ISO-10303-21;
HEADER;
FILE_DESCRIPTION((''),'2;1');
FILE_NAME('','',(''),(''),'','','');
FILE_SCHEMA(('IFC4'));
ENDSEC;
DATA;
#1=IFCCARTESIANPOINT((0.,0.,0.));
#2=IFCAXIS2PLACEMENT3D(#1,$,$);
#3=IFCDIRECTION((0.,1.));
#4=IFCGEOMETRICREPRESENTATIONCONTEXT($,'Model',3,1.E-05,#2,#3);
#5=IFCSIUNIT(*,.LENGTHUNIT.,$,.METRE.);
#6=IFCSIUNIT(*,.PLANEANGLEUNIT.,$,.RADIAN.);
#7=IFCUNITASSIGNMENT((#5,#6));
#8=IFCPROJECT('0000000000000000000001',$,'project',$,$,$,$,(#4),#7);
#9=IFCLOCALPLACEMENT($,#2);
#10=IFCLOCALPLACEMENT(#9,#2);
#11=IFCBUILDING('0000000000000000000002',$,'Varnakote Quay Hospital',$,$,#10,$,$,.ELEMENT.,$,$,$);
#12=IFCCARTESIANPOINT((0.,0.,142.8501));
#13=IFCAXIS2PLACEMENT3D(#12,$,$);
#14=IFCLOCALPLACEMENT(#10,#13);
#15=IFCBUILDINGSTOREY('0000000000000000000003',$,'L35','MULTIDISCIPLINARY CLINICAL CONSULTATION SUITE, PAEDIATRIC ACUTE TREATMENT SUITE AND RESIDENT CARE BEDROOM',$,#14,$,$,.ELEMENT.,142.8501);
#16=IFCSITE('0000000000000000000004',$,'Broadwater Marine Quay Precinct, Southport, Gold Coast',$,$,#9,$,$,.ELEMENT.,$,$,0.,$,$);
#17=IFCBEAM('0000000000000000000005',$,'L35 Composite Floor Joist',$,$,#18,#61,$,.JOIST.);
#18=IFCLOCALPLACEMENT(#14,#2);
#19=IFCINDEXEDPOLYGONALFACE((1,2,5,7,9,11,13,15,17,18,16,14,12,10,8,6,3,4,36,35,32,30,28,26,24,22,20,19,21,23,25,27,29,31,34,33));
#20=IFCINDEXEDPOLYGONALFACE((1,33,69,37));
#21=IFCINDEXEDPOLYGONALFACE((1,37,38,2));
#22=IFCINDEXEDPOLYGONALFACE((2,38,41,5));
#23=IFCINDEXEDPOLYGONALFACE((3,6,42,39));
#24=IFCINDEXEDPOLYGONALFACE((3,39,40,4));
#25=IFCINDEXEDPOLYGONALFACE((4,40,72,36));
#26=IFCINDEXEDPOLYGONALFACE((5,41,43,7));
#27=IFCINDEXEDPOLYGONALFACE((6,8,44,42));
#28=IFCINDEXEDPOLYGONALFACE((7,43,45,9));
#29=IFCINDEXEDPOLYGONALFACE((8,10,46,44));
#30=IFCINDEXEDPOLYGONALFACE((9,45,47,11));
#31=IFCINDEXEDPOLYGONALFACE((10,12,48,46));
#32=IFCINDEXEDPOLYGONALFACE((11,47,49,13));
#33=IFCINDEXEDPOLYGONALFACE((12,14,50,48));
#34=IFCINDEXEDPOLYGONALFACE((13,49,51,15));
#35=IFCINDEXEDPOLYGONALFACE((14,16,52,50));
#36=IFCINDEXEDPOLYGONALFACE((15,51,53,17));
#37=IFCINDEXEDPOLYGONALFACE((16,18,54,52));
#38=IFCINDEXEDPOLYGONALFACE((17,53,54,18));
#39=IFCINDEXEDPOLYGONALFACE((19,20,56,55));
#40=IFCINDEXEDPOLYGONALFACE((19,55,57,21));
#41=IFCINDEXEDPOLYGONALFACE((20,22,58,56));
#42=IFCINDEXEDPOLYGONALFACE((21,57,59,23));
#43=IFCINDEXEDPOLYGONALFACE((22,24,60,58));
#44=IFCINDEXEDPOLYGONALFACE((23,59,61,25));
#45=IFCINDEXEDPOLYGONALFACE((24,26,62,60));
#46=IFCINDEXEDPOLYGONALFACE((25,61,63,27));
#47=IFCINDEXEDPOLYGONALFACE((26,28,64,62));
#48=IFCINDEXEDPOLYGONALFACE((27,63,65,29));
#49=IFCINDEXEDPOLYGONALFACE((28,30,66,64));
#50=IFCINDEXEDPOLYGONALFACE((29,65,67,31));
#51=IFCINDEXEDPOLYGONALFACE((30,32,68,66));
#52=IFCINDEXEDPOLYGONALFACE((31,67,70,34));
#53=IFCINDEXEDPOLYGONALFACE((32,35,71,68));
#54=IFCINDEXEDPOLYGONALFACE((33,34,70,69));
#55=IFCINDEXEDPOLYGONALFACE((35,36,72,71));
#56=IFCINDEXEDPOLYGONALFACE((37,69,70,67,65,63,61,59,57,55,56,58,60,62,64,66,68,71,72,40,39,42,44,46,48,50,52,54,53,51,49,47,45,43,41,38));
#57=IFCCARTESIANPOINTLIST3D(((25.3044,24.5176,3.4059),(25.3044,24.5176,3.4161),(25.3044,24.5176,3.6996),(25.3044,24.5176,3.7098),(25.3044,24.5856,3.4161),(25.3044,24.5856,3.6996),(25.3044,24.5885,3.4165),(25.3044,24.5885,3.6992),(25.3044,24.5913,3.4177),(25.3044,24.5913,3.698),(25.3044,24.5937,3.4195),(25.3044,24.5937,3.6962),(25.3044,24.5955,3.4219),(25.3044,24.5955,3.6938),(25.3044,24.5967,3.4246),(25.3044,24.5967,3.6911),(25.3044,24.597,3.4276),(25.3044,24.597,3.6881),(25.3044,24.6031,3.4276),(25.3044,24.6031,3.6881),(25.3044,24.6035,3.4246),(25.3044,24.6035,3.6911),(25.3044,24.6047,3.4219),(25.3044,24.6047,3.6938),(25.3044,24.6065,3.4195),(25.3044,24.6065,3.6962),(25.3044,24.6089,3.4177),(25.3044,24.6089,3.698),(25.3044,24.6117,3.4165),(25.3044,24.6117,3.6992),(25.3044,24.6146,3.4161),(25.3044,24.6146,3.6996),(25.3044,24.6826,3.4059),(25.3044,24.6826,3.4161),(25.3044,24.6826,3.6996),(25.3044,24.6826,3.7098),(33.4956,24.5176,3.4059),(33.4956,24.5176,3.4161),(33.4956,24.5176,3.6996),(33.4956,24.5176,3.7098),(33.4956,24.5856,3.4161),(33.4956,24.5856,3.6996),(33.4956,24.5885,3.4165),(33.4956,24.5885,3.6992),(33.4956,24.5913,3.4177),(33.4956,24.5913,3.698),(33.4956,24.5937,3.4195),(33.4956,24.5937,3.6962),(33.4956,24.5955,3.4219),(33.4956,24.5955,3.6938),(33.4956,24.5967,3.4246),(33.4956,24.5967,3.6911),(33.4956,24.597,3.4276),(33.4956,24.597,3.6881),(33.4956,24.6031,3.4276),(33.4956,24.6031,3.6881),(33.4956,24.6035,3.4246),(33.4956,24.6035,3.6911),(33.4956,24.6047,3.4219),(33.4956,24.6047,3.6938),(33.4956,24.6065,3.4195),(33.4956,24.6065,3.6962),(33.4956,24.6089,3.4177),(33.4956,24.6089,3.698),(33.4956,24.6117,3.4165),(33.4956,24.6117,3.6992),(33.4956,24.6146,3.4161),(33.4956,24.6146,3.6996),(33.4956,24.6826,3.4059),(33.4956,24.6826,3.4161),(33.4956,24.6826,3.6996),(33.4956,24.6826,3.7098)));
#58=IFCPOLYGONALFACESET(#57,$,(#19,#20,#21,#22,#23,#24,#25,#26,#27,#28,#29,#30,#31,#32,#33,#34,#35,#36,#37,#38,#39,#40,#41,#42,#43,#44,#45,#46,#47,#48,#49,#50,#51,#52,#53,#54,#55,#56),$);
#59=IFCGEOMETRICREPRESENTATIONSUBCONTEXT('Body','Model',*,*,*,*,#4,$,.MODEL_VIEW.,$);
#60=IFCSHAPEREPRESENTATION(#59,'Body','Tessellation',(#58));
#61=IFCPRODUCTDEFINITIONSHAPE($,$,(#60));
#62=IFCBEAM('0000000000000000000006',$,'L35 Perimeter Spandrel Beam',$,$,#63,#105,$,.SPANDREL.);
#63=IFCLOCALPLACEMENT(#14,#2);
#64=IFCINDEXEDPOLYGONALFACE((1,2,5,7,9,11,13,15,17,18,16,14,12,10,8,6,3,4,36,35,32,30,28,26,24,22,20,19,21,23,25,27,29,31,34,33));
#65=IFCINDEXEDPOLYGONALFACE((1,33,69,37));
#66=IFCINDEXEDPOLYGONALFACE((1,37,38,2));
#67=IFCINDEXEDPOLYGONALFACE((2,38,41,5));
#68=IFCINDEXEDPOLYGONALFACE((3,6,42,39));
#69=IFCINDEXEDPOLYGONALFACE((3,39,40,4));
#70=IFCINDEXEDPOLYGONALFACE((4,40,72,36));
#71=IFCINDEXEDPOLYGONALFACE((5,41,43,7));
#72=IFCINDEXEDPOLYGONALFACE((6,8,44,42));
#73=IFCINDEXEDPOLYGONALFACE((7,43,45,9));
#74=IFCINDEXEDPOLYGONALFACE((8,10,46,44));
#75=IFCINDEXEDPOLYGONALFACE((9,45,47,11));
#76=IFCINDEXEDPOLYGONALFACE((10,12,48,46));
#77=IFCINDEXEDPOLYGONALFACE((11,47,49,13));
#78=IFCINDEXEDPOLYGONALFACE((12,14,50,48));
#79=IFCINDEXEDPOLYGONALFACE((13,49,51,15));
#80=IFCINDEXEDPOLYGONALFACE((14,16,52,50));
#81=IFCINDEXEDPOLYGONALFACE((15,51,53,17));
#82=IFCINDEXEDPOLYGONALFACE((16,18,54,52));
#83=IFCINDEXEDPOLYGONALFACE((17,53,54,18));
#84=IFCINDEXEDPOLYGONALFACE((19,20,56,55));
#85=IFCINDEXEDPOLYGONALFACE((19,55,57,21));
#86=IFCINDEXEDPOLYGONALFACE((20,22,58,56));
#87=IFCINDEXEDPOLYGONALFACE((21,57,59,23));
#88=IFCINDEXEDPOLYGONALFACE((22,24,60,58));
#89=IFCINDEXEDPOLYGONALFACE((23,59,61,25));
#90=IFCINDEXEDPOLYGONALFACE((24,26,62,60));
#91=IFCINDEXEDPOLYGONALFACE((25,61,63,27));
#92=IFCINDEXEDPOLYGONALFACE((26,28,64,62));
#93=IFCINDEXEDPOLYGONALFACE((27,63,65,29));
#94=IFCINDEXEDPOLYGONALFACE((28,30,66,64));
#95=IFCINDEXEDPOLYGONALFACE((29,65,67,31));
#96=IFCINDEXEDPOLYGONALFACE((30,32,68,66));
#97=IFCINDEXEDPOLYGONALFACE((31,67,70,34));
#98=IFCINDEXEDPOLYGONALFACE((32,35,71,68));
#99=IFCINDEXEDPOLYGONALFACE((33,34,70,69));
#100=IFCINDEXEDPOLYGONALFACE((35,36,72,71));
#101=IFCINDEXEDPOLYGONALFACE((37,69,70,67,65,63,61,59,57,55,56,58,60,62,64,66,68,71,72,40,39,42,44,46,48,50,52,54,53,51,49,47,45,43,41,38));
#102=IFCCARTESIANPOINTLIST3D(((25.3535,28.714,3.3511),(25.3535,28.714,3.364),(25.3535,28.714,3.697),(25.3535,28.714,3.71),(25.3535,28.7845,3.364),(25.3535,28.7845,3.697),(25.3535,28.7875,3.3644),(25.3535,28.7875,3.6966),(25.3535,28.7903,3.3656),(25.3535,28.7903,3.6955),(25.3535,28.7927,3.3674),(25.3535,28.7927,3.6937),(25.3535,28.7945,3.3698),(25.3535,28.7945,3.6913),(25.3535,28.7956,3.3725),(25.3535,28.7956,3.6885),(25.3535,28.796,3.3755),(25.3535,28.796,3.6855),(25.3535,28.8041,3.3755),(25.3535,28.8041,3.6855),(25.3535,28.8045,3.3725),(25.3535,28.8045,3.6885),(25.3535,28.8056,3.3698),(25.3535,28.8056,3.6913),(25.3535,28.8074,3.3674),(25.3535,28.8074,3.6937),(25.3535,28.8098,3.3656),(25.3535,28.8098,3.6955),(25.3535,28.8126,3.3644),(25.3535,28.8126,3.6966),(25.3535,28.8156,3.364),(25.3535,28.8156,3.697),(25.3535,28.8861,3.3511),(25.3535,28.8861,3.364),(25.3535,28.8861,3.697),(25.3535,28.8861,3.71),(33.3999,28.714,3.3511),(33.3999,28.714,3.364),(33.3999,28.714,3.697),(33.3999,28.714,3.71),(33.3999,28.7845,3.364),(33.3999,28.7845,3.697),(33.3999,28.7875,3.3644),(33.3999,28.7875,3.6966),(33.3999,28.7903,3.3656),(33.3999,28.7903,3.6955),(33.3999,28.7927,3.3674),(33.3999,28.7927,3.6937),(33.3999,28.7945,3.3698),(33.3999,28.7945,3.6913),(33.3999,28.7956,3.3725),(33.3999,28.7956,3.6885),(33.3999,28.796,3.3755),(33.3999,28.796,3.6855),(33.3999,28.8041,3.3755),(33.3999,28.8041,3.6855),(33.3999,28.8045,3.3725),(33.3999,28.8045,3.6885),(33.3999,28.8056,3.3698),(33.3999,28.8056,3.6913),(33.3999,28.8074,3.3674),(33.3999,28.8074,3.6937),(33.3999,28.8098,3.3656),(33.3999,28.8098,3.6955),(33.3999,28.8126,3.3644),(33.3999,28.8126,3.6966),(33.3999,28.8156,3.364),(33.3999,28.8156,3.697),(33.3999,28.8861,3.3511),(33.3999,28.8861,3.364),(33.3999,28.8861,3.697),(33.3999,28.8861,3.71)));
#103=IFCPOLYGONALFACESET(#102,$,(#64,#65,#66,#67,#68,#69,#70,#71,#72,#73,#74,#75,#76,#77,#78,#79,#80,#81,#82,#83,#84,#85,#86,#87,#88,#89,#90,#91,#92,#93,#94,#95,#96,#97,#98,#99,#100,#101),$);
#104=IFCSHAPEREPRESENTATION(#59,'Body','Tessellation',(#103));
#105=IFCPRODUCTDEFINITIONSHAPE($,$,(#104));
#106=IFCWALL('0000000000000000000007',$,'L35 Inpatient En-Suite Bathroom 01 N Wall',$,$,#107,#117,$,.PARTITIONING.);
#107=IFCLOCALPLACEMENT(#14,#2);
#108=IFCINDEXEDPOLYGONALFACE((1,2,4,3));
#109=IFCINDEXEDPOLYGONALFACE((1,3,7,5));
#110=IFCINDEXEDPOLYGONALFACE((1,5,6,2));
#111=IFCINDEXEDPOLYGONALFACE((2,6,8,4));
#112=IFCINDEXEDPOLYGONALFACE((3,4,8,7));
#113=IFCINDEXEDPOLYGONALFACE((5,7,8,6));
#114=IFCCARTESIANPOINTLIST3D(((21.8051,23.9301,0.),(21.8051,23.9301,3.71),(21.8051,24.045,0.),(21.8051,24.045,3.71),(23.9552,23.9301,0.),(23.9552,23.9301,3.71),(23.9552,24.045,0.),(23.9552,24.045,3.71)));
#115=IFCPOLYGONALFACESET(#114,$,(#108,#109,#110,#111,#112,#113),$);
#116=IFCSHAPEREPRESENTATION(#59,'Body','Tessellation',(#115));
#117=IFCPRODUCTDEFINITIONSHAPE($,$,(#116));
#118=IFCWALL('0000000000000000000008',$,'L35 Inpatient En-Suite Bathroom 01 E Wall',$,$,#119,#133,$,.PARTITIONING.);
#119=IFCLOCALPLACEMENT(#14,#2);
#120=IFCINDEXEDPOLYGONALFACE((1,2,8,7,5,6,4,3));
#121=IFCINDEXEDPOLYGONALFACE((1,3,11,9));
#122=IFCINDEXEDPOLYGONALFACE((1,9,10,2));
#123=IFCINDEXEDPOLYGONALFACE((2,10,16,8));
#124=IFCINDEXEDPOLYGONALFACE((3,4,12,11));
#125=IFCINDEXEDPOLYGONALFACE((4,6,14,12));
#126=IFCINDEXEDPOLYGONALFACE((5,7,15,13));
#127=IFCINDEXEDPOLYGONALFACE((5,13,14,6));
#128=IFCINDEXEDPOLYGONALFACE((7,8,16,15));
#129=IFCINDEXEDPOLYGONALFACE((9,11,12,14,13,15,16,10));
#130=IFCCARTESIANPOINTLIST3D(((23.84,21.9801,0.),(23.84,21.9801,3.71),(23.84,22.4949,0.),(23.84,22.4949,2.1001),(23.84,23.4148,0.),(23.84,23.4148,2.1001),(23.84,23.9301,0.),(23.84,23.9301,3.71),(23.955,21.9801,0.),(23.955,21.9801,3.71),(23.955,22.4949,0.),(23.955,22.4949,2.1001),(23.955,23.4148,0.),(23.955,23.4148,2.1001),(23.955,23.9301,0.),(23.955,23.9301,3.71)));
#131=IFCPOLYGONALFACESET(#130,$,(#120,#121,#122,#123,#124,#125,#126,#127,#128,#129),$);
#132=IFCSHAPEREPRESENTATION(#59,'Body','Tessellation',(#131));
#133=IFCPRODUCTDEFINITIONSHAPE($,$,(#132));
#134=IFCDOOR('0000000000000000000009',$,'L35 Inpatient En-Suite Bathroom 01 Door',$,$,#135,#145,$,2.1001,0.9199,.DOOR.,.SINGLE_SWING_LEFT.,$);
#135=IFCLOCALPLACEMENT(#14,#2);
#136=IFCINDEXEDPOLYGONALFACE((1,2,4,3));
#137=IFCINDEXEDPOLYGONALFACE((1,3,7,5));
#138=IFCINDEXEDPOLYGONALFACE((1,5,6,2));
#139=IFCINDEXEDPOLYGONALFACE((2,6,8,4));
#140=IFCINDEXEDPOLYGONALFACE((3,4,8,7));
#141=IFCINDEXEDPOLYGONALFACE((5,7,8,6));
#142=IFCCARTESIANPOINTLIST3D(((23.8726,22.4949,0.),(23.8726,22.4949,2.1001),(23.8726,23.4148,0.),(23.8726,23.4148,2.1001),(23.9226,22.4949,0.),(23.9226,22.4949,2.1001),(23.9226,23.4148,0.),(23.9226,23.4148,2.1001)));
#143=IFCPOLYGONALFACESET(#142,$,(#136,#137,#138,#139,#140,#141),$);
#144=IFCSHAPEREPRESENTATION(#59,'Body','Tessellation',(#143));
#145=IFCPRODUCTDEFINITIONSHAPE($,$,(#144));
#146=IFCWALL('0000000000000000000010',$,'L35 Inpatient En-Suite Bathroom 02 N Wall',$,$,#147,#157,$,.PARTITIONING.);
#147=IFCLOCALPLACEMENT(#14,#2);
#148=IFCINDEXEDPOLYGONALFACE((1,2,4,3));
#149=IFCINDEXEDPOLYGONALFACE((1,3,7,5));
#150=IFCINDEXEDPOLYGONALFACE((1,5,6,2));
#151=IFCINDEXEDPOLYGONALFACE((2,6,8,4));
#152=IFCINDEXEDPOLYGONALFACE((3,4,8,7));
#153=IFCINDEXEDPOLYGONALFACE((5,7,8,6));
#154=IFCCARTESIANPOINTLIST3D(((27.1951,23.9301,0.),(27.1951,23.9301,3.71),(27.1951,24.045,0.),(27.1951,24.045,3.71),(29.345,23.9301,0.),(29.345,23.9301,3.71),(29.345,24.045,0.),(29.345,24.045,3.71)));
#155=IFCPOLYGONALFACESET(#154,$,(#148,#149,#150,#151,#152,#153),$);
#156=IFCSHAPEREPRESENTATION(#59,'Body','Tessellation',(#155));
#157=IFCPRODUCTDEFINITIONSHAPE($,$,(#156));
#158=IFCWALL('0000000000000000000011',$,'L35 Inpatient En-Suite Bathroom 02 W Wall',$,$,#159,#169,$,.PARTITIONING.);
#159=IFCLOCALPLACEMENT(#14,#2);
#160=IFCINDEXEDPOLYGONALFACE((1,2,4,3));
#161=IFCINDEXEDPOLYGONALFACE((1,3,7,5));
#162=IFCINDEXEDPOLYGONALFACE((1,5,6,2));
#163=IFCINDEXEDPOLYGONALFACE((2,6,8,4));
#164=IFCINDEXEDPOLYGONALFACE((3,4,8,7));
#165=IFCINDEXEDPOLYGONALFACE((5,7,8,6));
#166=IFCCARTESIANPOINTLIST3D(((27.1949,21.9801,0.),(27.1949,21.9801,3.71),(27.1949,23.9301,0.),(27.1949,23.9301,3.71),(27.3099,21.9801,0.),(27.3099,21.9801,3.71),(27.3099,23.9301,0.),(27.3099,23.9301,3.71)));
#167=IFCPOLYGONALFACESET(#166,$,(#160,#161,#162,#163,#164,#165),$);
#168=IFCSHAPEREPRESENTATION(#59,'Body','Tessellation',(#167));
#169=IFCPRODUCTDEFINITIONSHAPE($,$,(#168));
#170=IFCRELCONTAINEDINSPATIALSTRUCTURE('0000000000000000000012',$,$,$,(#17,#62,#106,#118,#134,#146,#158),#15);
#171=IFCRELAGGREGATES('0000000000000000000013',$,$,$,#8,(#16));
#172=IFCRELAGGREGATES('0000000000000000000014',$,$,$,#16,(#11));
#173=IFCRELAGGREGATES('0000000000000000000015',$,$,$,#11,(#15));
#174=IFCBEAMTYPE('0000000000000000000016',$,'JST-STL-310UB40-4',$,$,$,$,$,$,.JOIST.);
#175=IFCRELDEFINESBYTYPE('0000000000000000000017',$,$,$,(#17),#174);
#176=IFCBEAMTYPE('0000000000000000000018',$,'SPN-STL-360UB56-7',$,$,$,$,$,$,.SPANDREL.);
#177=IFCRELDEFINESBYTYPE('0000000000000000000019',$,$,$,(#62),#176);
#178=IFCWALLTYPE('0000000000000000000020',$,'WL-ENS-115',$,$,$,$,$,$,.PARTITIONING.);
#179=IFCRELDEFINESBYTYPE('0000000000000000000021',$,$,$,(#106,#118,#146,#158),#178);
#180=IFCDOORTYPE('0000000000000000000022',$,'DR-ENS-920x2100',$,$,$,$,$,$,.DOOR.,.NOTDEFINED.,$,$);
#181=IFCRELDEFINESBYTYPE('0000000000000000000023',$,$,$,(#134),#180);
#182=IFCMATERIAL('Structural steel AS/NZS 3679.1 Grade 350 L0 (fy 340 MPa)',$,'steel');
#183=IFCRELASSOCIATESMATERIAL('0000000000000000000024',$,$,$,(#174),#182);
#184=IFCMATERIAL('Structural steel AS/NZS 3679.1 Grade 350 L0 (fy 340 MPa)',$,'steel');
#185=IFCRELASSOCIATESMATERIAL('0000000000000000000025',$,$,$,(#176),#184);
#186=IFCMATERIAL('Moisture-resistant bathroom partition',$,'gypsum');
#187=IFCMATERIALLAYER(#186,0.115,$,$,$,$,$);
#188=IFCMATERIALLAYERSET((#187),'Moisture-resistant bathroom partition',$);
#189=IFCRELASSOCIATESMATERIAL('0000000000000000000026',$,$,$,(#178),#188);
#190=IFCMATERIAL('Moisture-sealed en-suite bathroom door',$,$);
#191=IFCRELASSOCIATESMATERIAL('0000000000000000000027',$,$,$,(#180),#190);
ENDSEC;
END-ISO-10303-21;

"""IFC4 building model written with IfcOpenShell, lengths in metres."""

from ifc_helpers import new_model, si_unit, direction, frame, frame_2d, origin, origin_2d, place, context, subcontext, project, spatial, rectangle, i_section, extrude, material, layer, layer_set, material_profile, profile_set, type_object, element, fill, save


model = new_model("IFC4")

# Units and contexts
model_context = context("Model", 3, precision=1e-05, world=origin(), true_north=direction((0.0, 1.0)))
body_context = subcontext(model_context, "Body", "Model", "MODEL_VIEW")
ifc_project = project(units=[si_unit("LENGTHUNIT", "METRE"), si_unit("PLANEANGLEUNIT", "RADIAN")], contexts=[model_context])

# Site, building, storey
site_placement = place(None, origin())
site = spatial("IfcSite", under=ifc_project, at=site_placement, Name="Broadwater Marine Quay Precinct, Southport, Gold Coast", CompositionType="ELEMENT", RefElevation=0.0)
building_placement = place(site_placement, origin())
building = spatial("IfcBuilding", under=site, at=building_placement, Name="Varnakote Quay Hospital", CompositionType="ELEMENT")
storey_placement = place(building_placement, frame((0.0, 0.0, 142.8501)))
storey = spatial("IfcBuildingStorey", under=building, at=storey_placement, Name="L35", Description="MULTIDISCIPLINARY CLINICAL CONSULTATION SUITE, PAEDIATRIC ACUTE TREATMENT SUITE AND RESIDENT CARE BEDROOM", CompositionType="ELEMENT", Elevation=142.8501)

# Beams
ifc_material_1 = material(Name="Structural steel AS/NZS 3679.1 Grade 350 L0 (fy 340 MPa)", Category="steel")
ifc_material_profile_1 = material_profile(ifc_material_1, i_section(OverallWidth=0.165, OverallDepth=0.304, WebThickness=0.0061, FlangeThickness=0.0103, FilletRadius=0.0115, at=origin_2d()), Name="310UB40.4")
ifc_profile_set_1 = profile_set([ifc_material_profile_1], Name="Structural steel AS/NZS 3679.1 Grade 350 L0 (fy 340 MPa)")
beam_type_1 = type_object("IfcBeamType", Name="JST-STL-310UB40-4", PredefinedType="JOIST", material=ifc_profile_set_1)
beam_1_placement = place(storey_placement, frame((25.3044, 24.6001, 3.5579), z_axis=(1.0, 0.0, 0.0), x_axis=(0.0, 1.0, 0.0)))
element("IfcBeam", 1, at=beam_1_placement, inside=storey, type_object=beam_type_1, Name="L35 Composite Floor Joist", PredefinedType="JOIST", context=body_context, shape_type="SweptSolid", body=[
    extrude(i_section(OverallWidth=0.165, OverallDepth=0.304, WebThickness=0.0061, FlangeThickness=0.0103, FilletRadius=0.0115, at=origin_2d()), origin(), (0.0, 0.0, 1.0), 8.1912),
])
ifc_material_2 = material(Name="Structural steel AS/NZS 3679.1 Grade 350 L0 (fy 340 MPa)", Category="steel")
ifc_material_profile_2 = material_profile(ifc_material_2, i_section(OverallWidth=0.1721, OverallDepth=0.3589, WebThickness=0.0081, FlangeThickness=0.0129, FilletRadius=0.0115, at=origin_2d()), Name="360UB56.7")
ifc_profile_set_2 = profile_set([ifc_material_profile_2], Name="Structural steel AS/NZS 3679.1 Grade 350 L0 (fy 340 MPa)")
beam_type_2 = type_object("IfcBeamType", Name="SPN-STL-360UB56-7", PredefinedType="SPANDREL", material=ifc_profile_set_2)
beam_2_placement = place(storey_placement, frame((25.3535, 28.8, 3.5305), z_axis=(1.0, 0.0, 0.0), x_axis=(0.0, 1.0, 0.0)))
element("IfcBeam", 2, at=beam_2_placement, inside=storey, type_object=beam_type_2, Name="L35 Perimeter Spandrel Beam", PredefinedType="SPANDREL", context=body_context, shape_type="SweptSolid", body=[
    extrude(i_section(OverallWidth=0.1721, OverallDepth=0.3589, WebThickness=0.0081, FlangeThickness=0.0129, FilletRadius=0.0115, at=origin_2d()), origin(), (0.0, 0.0, 1.0), 8.0464),
])

# Wall
ifc_material_3 = material(Name="Moisture-resistant bathroom partition", Category="gypsum")
ifc_layer_1 = layer(ifc_material_3, 0.115)
ifc_layer_set_1 = layer_set([ifc_layer_1], Name="Moisture-resistant bathroom partition")
wall_type_1 = type_object("IfcWallType", Name="WL-ENS-115", PredefinedType="PARTITIONING", material=ifc_layer_set_1)
wall_1_placement = place(storey_placement, frame((21.8049, 23.9875, 0.0), z_axis=(0.0, 0.0, 1.0), x_axis=(1.0, 0.0, 0.0)))
element("IfcWall", 3, at=wall_1_placement, inside=storey, type_object=wall_type_1, Name="L35 Inpatient En-Suite Bathroom 01 N Wall", PredefinedType="PARTITIONING", context=body_context, shape_type="SweptSolid", body=[
    extrude(rectangle(XDim=2.1501, YDim=0.115, at=frame_2d((1.0752, 0.0))), origin(), (0.0, 0.0, 1.0), 3.71),
])

# Wall, opening, door
wall_2_placement = place(storey_placement, frame((23.8975, 21.98, 0.0), z_axis=(0.0, 0.0, 1.0), x_axis=(0.0, 1.0, 0.0)))
wall_2 = element("IfcWall", 4, at=wall_2_placement, inside=storey, type_object=wall_type_1, Name="L35 Inpatient En-Suite Bathroom 01 E Wall", PredefinedType="PARTITIONING", context=body_context, shape_type="SweptSolid", body=[
    extrude(rectangle(XDim=1.95, YDim=0.115, at=frame_2d((0.9751, 0.0))), origin(), (0.0, 0.0, 1.0), 3.71),
])
opening_1_placement = place(wall_2_placement, frame((0.5149, 0.0, 0.0)))
opening_1 = element("IfcOpeningElement", 5, at=opening_1_placement, cuts=wall_2, PredefinedType="OPENING", context=body_context, shape_type="SweptSolid", body=[
    extrude(rectangle(XDim=0.9199, YDim=2.1001, at=frame_2d((0.46, 1.05))), frame((0.0, 0.0674, 0.0), z_axis=(0.0, -1.0, 0.0), x_axis=(1.0, 0.0, 0.0)), (0.0, 0.0, 1.0), 0.135),
])
ifc_material_4 = material(Name="Moisture-sealed en-suite bathroom door")
door_type_1 = type_object("IfcDoorType", Name="DR-ENS-920x2100", OperationType="NOTDEFINED", PredefinedType="DOOR", material=ifc_material_4)
door_1_placement = place(opening_1_placement, origin())
door_1 = element("IfcDoor", 6, at=door_1_placement, inside=storey, type_object=door_type_1, Name="L35 Inpatient En-Suite Bathroom 01 Door", OperationType="SINGLE_SWING_LEFT", OverallHeight=2.1001, OverallWidth=0.9199, PredefinedType="DOOR", context=body_context, shape_type="SweptSolid", body=[
    extrude(rectangle(XDim=0.9199, YDim=2.1001, at=frame_2d((0.46, 1.05))), frame((0.0, 0.0249, 0.0), z_axis=(0.0, -1.0, 0.0), x_axis=(1.0, 0.0, 0.0)), (0.0, 0.0, 1.0), 0.05),
])
fill(opening_1, door_1)

# Walls
wall_3_placement = place(storey_placement, frame((27.1951, 23.9875, 0.0), z_axis=(0.0, 0.0, 1.0), x_axis=(1.0, 0.0, 0.0)))
element("IfcWall", 7, at=wall_3_placement, inside=storey, type_object=wall_type_1, Name="L35 Inpatient En-Suite Bathroom 02 N Wall", PredefinedType="PARTITIONING", context=body_context, shape_type="SweptSolid", body=[
    extrude(rectangle(XDim=2.1499, YDim=0.115, at=frame_2d((1.075, 0.0))), origin(), (0.0, 0.0, 1.0), 3.71),
])
wall_4_placement = place(storey_placement, frame((27.2524, 21.98, 0.0), z_axis=(0.0, 0.0, 1.0), x_axis=(0.0, 1.0, 0.0)))
element("IfcWall", 8, at=wall_4_placement, inside=storey, type_object=wall_type_1, Name="L35 Inpatient En-Suite Bathroom 02 W Wall", PredefinedType="PARTITIONING", context=body_context, shape_type="SweptSolid", body=[
    extrude(rectangle(XDim=1.95, YDim=0.115, at=frame_2d((0.9751, 0.0))), origin(), (0.0, 0.0, 1.0), 3.71),
])

save(model, "model.ifc")
